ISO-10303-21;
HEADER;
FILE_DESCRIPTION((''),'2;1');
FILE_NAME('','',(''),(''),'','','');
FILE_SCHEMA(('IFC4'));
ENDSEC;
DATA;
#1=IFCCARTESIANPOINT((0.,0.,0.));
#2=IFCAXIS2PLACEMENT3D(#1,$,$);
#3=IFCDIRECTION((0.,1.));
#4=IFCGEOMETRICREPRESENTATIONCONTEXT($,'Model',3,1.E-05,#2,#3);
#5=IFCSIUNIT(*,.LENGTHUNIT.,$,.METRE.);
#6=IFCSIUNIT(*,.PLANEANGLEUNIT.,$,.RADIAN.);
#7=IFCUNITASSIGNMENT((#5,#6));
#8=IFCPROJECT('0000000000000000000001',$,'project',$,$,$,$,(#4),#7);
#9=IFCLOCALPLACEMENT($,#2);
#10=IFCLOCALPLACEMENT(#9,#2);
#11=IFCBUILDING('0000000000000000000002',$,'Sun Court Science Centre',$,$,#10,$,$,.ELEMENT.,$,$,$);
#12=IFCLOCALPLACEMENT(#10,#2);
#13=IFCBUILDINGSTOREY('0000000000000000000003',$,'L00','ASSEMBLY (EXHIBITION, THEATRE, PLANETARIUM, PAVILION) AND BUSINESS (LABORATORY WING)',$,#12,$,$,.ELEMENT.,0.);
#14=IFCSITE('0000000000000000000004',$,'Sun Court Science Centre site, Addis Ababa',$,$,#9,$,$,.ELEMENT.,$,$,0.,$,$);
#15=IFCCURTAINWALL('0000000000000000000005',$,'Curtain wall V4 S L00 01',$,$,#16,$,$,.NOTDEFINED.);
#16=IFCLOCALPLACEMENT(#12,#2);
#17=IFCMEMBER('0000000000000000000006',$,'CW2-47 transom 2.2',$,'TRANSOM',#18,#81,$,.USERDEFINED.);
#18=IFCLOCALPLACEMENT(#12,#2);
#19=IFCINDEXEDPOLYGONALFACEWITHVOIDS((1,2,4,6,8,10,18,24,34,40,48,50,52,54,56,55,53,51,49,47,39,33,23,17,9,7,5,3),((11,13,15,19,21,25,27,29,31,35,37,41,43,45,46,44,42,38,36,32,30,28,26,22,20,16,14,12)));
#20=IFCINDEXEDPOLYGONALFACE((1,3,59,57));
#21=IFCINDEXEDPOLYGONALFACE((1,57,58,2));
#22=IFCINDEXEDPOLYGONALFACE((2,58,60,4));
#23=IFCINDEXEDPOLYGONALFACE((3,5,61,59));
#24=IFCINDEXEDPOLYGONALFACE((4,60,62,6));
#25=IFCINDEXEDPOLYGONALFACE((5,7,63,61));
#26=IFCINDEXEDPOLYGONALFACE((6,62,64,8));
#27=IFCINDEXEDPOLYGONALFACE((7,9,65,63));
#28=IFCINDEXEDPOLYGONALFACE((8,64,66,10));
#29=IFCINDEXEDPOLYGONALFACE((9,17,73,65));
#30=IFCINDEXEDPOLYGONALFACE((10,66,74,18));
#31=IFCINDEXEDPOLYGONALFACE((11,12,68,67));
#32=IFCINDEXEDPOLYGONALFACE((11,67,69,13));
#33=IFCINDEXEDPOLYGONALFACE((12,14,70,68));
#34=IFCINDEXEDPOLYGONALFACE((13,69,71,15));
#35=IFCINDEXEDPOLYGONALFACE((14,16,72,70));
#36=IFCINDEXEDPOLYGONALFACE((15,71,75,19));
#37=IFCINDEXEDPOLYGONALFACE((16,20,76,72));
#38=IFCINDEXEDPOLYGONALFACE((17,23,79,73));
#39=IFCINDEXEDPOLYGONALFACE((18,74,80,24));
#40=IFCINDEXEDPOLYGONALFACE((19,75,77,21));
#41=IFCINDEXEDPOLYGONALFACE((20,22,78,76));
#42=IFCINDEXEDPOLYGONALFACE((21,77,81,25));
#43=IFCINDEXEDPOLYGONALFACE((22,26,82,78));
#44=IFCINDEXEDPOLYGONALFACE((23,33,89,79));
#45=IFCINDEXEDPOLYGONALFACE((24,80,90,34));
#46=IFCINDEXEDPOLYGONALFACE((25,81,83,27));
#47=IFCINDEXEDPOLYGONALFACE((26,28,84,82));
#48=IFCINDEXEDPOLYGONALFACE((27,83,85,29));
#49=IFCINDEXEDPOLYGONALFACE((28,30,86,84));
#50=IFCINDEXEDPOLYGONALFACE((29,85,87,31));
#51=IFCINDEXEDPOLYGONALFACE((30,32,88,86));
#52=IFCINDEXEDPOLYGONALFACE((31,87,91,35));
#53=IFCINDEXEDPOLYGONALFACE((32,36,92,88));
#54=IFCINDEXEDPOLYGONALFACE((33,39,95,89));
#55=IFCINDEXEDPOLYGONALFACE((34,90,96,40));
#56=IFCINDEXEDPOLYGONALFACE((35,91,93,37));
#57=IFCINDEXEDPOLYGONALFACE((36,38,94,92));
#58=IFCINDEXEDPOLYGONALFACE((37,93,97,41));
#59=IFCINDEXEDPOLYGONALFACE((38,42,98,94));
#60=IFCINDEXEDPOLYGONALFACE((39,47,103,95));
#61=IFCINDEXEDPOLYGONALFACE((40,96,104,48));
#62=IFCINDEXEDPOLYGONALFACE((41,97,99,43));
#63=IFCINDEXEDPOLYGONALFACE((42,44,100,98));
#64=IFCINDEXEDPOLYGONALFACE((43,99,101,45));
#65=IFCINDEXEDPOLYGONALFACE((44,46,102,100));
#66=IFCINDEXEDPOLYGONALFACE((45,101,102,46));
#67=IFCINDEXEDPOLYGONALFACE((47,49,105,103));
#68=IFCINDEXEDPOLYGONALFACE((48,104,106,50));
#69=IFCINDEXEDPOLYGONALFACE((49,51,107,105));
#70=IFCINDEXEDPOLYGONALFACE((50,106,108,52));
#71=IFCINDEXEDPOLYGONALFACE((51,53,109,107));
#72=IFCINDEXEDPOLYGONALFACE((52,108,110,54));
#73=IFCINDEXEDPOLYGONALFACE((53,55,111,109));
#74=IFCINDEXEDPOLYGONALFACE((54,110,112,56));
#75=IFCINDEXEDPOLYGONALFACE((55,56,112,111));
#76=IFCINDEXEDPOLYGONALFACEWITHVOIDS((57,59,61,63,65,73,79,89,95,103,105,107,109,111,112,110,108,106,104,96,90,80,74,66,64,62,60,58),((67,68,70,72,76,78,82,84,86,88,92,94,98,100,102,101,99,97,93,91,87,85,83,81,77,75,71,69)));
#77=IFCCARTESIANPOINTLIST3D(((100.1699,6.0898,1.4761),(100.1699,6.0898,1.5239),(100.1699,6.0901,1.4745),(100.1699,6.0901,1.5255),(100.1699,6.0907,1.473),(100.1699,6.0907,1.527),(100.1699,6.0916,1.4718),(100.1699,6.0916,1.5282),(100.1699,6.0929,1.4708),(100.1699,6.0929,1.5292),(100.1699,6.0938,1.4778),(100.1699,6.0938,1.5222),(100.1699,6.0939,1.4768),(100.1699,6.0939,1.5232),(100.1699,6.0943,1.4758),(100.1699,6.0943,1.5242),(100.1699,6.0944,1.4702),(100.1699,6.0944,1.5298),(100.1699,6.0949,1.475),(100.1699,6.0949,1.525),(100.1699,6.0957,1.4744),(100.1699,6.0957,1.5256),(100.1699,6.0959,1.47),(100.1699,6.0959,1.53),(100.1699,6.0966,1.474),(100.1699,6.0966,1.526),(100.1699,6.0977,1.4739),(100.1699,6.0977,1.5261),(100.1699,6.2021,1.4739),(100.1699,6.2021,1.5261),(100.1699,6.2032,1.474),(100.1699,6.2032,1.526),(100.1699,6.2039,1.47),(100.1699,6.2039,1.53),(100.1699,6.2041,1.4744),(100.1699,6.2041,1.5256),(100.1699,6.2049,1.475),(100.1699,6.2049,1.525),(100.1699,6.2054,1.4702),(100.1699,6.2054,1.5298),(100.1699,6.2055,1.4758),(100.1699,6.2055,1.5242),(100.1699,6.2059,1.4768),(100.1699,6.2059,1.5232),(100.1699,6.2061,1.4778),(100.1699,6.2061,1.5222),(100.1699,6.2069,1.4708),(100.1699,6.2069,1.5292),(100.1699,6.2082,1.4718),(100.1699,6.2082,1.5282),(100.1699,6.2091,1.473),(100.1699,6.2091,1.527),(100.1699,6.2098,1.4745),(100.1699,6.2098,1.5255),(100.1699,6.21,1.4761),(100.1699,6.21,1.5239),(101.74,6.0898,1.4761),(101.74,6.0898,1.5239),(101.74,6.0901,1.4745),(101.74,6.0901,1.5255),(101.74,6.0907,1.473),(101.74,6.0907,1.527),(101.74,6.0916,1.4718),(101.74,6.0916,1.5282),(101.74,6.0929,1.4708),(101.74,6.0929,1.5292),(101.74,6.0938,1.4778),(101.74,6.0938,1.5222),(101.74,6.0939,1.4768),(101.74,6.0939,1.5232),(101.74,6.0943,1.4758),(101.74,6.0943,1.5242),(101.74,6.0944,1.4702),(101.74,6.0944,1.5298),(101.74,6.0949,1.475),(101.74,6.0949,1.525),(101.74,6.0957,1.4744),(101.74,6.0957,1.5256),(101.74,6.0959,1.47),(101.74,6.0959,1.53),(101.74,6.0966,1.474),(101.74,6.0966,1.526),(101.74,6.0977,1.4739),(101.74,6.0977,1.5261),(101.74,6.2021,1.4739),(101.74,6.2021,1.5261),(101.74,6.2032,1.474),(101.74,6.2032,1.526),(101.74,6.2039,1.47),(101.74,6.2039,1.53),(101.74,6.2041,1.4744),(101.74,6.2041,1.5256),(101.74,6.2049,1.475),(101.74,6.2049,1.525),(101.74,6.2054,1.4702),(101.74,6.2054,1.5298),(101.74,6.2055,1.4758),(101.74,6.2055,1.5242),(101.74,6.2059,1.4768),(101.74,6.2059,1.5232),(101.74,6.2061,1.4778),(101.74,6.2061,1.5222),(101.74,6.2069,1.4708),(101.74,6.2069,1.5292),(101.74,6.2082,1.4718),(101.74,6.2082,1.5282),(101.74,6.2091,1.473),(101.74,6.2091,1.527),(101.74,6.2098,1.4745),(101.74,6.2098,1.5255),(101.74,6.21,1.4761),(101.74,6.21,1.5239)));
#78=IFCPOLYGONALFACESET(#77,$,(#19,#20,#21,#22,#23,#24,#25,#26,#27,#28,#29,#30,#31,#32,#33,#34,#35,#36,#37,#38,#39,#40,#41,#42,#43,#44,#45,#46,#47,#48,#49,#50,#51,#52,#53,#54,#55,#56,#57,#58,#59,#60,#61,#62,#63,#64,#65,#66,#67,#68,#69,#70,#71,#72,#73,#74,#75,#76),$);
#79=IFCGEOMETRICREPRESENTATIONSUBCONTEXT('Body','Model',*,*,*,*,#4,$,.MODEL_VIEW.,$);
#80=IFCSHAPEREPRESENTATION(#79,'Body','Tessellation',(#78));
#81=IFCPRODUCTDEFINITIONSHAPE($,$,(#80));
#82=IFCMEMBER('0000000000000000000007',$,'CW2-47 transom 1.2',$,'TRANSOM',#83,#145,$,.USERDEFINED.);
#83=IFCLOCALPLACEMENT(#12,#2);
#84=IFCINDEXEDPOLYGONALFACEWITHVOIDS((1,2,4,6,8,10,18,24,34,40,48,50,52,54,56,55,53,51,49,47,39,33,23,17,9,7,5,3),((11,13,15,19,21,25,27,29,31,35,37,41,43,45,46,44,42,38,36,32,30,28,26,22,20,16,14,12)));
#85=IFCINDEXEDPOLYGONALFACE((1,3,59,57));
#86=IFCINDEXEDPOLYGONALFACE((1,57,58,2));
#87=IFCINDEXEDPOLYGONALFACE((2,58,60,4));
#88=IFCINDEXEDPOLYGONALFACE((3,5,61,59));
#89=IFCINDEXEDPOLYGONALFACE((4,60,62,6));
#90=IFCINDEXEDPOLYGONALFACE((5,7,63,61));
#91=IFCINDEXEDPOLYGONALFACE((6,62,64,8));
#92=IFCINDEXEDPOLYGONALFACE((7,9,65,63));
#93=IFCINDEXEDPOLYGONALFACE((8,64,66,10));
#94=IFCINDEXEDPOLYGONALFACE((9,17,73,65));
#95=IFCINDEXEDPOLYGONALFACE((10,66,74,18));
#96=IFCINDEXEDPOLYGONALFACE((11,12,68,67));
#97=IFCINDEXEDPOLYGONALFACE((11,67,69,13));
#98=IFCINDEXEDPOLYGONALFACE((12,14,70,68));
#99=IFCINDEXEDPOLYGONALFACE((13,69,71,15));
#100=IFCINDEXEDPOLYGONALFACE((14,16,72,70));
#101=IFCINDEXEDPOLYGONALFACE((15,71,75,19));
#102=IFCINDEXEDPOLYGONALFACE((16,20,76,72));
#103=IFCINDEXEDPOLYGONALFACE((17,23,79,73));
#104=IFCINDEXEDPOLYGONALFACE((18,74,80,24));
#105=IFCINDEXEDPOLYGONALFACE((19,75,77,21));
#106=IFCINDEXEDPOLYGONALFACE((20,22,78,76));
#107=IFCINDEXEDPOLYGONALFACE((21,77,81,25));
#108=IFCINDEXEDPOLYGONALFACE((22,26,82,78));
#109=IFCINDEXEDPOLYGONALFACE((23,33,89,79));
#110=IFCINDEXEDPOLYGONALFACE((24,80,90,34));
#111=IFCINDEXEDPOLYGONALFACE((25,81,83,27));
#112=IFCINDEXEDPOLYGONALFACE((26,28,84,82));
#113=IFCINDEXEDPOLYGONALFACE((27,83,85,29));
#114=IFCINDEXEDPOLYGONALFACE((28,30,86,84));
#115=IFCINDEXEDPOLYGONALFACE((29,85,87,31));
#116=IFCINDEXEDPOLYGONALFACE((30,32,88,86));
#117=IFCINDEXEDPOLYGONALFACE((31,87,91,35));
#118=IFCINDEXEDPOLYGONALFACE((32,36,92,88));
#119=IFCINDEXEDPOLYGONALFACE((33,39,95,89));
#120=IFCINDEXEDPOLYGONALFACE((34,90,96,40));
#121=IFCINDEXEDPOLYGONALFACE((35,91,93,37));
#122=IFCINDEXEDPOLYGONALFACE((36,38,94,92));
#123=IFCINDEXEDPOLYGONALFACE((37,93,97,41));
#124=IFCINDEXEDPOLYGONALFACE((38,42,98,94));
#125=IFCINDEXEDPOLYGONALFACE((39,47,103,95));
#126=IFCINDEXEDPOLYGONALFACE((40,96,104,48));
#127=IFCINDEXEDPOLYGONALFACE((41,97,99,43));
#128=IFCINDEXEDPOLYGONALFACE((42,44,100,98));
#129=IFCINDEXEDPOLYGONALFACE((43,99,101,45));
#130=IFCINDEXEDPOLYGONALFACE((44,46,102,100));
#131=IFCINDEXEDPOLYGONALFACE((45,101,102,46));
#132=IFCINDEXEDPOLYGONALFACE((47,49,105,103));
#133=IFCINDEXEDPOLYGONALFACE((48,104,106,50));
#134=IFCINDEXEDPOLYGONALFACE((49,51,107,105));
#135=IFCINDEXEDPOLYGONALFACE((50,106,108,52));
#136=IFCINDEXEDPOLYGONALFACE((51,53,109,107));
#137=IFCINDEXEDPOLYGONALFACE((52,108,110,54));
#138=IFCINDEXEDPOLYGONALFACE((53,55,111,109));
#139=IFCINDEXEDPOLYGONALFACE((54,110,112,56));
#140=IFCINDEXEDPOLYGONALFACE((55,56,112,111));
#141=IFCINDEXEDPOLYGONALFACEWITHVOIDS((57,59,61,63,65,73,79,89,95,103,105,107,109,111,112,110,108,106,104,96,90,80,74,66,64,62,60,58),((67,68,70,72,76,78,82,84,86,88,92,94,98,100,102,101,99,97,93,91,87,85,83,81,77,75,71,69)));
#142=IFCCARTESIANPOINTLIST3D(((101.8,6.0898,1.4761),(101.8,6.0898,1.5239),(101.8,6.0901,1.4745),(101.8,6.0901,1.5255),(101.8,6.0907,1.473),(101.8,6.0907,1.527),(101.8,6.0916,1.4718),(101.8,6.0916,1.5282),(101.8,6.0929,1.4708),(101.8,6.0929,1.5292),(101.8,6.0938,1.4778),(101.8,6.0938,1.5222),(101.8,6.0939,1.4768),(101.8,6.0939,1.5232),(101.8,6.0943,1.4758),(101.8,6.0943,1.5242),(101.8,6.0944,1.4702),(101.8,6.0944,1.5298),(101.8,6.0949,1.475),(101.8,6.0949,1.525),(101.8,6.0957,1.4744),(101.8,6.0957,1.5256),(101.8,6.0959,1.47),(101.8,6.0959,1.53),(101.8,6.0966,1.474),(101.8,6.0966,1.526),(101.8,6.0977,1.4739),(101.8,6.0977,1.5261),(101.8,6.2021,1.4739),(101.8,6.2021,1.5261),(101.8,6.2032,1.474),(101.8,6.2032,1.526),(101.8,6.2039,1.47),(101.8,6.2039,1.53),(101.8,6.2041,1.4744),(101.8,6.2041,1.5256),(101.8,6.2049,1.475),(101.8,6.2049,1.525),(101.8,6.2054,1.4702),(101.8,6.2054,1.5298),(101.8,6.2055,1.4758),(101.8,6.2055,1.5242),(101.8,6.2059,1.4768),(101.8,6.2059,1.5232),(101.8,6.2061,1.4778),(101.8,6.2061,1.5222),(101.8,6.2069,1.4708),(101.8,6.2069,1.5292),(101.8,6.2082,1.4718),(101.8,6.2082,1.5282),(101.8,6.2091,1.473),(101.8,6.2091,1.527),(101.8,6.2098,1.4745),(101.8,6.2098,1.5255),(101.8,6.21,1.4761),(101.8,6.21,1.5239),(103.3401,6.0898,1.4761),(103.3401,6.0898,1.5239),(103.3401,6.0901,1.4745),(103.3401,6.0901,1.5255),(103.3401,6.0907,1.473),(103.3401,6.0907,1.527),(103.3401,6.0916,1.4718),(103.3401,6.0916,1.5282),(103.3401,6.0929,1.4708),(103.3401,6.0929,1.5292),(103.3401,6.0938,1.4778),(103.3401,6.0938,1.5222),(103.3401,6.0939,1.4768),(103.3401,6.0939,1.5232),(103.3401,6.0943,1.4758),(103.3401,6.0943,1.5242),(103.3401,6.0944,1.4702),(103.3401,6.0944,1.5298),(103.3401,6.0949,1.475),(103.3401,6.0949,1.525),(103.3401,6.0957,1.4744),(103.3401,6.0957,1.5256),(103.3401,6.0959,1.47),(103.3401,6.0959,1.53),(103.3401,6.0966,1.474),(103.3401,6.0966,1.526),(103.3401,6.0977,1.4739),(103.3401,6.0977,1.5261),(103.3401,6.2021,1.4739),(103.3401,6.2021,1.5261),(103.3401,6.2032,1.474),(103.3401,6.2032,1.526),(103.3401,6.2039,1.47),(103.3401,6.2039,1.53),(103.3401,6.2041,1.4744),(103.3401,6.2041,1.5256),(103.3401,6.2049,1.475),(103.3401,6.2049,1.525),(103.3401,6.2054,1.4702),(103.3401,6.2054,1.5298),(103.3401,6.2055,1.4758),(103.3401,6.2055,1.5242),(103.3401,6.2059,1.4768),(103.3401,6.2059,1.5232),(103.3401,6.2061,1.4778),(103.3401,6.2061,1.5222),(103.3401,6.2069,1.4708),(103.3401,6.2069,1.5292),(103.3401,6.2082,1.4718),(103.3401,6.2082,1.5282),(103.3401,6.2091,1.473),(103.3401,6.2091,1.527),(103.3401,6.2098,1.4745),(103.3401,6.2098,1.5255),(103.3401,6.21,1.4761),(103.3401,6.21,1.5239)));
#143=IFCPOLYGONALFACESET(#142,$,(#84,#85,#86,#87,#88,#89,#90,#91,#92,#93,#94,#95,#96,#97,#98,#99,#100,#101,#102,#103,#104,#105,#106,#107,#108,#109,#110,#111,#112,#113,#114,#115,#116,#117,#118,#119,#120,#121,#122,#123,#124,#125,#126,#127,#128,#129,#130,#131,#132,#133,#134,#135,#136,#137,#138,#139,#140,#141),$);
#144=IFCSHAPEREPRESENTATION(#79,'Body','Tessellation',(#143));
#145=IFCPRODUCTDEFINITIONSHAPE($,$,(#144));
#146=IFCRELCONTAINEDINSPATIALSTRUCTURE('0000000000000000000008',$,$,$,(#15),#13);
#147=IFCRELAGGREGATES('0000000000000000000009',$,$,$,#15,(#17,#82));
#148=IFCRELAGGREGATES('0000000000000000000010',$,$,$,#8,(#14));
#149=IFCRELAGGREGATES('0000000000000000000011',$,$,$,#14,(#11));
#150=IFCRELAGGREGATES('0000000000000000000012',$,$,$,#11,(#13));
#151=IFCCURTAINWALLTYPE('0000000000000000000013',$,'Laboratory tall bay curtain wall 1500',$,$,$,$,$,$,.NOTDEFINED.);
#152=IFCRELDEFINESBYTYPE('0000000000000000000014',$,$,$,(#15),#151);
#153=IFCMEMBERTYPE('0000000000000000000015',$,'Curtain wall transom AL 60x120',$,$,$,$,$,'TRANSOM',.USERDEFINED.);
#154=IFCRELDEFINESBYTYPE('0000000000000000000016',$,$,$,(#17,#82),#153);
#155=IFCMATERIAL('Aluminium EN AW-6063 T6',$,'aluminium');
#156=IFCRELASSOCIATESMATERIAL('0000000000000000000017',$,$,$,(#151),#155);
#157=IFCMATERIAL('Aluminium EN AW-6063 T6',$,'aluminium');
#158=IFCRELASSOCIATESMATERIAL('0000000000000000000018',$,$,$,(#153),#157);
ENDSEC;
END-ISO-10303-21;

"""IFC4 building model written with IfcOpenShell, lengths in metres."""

from ifc_helpers import new_model, si_unit, direction, frame, origin, origin_2d, place, context, subcontext, project, spatial, hollow_rectangle, extrude, material, material_profile, profile_set, type_object, element, aggregate, save


model = new_model("IFC4")

# Units and contexts
model_context = context("Model", 3, precision=1e-05, world=origin(), true_north=direction((0.0, 1.0)))
body_context = subcontext(model_context, "Body", "Model", "MODEL_VIEW")
ifc_project = project(units=[si_unit("LENGTHUNIT", "METRE"), si_unit("PLANEANGLEUNIT", "RADIAN")], contexts=[model_context])

# Site, building, storey
site_placement = place(None, origin())
site = spatial("IfcSite", under=ifc_project, at=site_placement, Name="Sun Court Science Centre site, Addis Ababa", CompositionType="ELEMENT", RefElevation=0.0)
building_placement = place(site_placement, origin())
building = spatial("IfcBuilding", under=site, at=building_placement, Name="Sun Court Science Centre", CompositionType="ELEMENT")
storey_placement = place(building_placement, origin())
storey = spatial("IfcBuildingStorey", under=building, at=storey_placement, Name="L00", Description="ASSEMBLY (EXHIBITION, THEATRE, PLANETARIUM, PAVILION) AND BUSINESS (LABORATORY WING)", CompositionType="ELEMENT", Elevation=0.0)

# Curtain wall, members
ifc_material_1 = material(Name="Aluminium EN AW-6063 T6", Category="aluminium")
curtain_wall_type = type_object("IfcCurtainWallType", Name="Laboratory tall bay curtain wall 1500", PredefinedType="NOTDEFINED", material=ifc_material_1)
curtain_wall_placement = place(storey_placement, origin())
curtain_wall = element("IfcCurtainWall", 1, at=curtain_wall_placement, inside=storey, type_object=curtain_wall_type, Name="Curtain wall V4 S L00 01", PredefinedType="NOTDEFINED")
ifc_material_2 = material(Name="Aluminium EN AW-6063 T6", Category="aluminium")
ifc_material_profile_1 = material_profile(ifc_material_2, hollow_rectangle(XDim=0.0601, YDim=0.1201, WallThickness=0.0039, InnerFilletRadius=0.0039, OuterFilletRadius=0.0061, at=origin_2d()), Name="AL 60x120x4")
ifc_profile_set_1 = profile_set([ifc_material_profile_1], Name="Aluminium EN AW-6063 T6")
member_type_1 = type_object("IfcMemberType", Name="Curtain wall transom AL 60x120", ElementType="TRANSOM", PredefinedType="USERDEFINED", material=ifc_profile_set_1)
member_1_placement = place(storey_placement, frame((101.74, 6.1499, 1.5), z_axis=(-1.0, 0.0, 0.0), x_axis=(0.0, 0.0, 1.0)))
member_1 = element("IfcMember", 2, at=member_1_placement, type_object=member_type_1, Name="CW2-47 transom 2.2", ObjectType="TRANSOM", PredefinedType="USERDEFINED", context=body_context, shape_type="SweptSolid", body=[
    extrude(hollow_rectangle(XDim=0.0601, YDim=0.1201, WallThickness=0.0039, InnerFilletRadius=0.0039, OuterFilletRadius=0.0061, at=origin_2d()), origin(), (0.0, 0.0, 1.0), 1.5701),
])
member_2_placement = place(storey_placement, frame((103.3401, 6.1499, 1.5), z_axis=(-1.0, 0.0, 0.0), x_axis=(0.0, 0.0, 1.0)))
member_2 = element("IfcMember", 3, at=member_2_placement, type_object=member_type_1, Name="CW2-47 transom 1.2", ObjectType="TRANSOM", PredefinedType="USERDEFINED", context=body_context, shape_type="SweptSolid", body=[
    extrude(hollow_rectangle(XDim=0.0601, YDim=0.1201, WallThickness=0.0039, InnerFilletRadius=0.0039, OuterFilletRadius=0.0061, at=origin_2d()), origin(), (0.0, 0.0, 1.0), 1.54),
])
aggregate(curtain_wall, [member_1, member_2])

save(model, "model.ifc")
